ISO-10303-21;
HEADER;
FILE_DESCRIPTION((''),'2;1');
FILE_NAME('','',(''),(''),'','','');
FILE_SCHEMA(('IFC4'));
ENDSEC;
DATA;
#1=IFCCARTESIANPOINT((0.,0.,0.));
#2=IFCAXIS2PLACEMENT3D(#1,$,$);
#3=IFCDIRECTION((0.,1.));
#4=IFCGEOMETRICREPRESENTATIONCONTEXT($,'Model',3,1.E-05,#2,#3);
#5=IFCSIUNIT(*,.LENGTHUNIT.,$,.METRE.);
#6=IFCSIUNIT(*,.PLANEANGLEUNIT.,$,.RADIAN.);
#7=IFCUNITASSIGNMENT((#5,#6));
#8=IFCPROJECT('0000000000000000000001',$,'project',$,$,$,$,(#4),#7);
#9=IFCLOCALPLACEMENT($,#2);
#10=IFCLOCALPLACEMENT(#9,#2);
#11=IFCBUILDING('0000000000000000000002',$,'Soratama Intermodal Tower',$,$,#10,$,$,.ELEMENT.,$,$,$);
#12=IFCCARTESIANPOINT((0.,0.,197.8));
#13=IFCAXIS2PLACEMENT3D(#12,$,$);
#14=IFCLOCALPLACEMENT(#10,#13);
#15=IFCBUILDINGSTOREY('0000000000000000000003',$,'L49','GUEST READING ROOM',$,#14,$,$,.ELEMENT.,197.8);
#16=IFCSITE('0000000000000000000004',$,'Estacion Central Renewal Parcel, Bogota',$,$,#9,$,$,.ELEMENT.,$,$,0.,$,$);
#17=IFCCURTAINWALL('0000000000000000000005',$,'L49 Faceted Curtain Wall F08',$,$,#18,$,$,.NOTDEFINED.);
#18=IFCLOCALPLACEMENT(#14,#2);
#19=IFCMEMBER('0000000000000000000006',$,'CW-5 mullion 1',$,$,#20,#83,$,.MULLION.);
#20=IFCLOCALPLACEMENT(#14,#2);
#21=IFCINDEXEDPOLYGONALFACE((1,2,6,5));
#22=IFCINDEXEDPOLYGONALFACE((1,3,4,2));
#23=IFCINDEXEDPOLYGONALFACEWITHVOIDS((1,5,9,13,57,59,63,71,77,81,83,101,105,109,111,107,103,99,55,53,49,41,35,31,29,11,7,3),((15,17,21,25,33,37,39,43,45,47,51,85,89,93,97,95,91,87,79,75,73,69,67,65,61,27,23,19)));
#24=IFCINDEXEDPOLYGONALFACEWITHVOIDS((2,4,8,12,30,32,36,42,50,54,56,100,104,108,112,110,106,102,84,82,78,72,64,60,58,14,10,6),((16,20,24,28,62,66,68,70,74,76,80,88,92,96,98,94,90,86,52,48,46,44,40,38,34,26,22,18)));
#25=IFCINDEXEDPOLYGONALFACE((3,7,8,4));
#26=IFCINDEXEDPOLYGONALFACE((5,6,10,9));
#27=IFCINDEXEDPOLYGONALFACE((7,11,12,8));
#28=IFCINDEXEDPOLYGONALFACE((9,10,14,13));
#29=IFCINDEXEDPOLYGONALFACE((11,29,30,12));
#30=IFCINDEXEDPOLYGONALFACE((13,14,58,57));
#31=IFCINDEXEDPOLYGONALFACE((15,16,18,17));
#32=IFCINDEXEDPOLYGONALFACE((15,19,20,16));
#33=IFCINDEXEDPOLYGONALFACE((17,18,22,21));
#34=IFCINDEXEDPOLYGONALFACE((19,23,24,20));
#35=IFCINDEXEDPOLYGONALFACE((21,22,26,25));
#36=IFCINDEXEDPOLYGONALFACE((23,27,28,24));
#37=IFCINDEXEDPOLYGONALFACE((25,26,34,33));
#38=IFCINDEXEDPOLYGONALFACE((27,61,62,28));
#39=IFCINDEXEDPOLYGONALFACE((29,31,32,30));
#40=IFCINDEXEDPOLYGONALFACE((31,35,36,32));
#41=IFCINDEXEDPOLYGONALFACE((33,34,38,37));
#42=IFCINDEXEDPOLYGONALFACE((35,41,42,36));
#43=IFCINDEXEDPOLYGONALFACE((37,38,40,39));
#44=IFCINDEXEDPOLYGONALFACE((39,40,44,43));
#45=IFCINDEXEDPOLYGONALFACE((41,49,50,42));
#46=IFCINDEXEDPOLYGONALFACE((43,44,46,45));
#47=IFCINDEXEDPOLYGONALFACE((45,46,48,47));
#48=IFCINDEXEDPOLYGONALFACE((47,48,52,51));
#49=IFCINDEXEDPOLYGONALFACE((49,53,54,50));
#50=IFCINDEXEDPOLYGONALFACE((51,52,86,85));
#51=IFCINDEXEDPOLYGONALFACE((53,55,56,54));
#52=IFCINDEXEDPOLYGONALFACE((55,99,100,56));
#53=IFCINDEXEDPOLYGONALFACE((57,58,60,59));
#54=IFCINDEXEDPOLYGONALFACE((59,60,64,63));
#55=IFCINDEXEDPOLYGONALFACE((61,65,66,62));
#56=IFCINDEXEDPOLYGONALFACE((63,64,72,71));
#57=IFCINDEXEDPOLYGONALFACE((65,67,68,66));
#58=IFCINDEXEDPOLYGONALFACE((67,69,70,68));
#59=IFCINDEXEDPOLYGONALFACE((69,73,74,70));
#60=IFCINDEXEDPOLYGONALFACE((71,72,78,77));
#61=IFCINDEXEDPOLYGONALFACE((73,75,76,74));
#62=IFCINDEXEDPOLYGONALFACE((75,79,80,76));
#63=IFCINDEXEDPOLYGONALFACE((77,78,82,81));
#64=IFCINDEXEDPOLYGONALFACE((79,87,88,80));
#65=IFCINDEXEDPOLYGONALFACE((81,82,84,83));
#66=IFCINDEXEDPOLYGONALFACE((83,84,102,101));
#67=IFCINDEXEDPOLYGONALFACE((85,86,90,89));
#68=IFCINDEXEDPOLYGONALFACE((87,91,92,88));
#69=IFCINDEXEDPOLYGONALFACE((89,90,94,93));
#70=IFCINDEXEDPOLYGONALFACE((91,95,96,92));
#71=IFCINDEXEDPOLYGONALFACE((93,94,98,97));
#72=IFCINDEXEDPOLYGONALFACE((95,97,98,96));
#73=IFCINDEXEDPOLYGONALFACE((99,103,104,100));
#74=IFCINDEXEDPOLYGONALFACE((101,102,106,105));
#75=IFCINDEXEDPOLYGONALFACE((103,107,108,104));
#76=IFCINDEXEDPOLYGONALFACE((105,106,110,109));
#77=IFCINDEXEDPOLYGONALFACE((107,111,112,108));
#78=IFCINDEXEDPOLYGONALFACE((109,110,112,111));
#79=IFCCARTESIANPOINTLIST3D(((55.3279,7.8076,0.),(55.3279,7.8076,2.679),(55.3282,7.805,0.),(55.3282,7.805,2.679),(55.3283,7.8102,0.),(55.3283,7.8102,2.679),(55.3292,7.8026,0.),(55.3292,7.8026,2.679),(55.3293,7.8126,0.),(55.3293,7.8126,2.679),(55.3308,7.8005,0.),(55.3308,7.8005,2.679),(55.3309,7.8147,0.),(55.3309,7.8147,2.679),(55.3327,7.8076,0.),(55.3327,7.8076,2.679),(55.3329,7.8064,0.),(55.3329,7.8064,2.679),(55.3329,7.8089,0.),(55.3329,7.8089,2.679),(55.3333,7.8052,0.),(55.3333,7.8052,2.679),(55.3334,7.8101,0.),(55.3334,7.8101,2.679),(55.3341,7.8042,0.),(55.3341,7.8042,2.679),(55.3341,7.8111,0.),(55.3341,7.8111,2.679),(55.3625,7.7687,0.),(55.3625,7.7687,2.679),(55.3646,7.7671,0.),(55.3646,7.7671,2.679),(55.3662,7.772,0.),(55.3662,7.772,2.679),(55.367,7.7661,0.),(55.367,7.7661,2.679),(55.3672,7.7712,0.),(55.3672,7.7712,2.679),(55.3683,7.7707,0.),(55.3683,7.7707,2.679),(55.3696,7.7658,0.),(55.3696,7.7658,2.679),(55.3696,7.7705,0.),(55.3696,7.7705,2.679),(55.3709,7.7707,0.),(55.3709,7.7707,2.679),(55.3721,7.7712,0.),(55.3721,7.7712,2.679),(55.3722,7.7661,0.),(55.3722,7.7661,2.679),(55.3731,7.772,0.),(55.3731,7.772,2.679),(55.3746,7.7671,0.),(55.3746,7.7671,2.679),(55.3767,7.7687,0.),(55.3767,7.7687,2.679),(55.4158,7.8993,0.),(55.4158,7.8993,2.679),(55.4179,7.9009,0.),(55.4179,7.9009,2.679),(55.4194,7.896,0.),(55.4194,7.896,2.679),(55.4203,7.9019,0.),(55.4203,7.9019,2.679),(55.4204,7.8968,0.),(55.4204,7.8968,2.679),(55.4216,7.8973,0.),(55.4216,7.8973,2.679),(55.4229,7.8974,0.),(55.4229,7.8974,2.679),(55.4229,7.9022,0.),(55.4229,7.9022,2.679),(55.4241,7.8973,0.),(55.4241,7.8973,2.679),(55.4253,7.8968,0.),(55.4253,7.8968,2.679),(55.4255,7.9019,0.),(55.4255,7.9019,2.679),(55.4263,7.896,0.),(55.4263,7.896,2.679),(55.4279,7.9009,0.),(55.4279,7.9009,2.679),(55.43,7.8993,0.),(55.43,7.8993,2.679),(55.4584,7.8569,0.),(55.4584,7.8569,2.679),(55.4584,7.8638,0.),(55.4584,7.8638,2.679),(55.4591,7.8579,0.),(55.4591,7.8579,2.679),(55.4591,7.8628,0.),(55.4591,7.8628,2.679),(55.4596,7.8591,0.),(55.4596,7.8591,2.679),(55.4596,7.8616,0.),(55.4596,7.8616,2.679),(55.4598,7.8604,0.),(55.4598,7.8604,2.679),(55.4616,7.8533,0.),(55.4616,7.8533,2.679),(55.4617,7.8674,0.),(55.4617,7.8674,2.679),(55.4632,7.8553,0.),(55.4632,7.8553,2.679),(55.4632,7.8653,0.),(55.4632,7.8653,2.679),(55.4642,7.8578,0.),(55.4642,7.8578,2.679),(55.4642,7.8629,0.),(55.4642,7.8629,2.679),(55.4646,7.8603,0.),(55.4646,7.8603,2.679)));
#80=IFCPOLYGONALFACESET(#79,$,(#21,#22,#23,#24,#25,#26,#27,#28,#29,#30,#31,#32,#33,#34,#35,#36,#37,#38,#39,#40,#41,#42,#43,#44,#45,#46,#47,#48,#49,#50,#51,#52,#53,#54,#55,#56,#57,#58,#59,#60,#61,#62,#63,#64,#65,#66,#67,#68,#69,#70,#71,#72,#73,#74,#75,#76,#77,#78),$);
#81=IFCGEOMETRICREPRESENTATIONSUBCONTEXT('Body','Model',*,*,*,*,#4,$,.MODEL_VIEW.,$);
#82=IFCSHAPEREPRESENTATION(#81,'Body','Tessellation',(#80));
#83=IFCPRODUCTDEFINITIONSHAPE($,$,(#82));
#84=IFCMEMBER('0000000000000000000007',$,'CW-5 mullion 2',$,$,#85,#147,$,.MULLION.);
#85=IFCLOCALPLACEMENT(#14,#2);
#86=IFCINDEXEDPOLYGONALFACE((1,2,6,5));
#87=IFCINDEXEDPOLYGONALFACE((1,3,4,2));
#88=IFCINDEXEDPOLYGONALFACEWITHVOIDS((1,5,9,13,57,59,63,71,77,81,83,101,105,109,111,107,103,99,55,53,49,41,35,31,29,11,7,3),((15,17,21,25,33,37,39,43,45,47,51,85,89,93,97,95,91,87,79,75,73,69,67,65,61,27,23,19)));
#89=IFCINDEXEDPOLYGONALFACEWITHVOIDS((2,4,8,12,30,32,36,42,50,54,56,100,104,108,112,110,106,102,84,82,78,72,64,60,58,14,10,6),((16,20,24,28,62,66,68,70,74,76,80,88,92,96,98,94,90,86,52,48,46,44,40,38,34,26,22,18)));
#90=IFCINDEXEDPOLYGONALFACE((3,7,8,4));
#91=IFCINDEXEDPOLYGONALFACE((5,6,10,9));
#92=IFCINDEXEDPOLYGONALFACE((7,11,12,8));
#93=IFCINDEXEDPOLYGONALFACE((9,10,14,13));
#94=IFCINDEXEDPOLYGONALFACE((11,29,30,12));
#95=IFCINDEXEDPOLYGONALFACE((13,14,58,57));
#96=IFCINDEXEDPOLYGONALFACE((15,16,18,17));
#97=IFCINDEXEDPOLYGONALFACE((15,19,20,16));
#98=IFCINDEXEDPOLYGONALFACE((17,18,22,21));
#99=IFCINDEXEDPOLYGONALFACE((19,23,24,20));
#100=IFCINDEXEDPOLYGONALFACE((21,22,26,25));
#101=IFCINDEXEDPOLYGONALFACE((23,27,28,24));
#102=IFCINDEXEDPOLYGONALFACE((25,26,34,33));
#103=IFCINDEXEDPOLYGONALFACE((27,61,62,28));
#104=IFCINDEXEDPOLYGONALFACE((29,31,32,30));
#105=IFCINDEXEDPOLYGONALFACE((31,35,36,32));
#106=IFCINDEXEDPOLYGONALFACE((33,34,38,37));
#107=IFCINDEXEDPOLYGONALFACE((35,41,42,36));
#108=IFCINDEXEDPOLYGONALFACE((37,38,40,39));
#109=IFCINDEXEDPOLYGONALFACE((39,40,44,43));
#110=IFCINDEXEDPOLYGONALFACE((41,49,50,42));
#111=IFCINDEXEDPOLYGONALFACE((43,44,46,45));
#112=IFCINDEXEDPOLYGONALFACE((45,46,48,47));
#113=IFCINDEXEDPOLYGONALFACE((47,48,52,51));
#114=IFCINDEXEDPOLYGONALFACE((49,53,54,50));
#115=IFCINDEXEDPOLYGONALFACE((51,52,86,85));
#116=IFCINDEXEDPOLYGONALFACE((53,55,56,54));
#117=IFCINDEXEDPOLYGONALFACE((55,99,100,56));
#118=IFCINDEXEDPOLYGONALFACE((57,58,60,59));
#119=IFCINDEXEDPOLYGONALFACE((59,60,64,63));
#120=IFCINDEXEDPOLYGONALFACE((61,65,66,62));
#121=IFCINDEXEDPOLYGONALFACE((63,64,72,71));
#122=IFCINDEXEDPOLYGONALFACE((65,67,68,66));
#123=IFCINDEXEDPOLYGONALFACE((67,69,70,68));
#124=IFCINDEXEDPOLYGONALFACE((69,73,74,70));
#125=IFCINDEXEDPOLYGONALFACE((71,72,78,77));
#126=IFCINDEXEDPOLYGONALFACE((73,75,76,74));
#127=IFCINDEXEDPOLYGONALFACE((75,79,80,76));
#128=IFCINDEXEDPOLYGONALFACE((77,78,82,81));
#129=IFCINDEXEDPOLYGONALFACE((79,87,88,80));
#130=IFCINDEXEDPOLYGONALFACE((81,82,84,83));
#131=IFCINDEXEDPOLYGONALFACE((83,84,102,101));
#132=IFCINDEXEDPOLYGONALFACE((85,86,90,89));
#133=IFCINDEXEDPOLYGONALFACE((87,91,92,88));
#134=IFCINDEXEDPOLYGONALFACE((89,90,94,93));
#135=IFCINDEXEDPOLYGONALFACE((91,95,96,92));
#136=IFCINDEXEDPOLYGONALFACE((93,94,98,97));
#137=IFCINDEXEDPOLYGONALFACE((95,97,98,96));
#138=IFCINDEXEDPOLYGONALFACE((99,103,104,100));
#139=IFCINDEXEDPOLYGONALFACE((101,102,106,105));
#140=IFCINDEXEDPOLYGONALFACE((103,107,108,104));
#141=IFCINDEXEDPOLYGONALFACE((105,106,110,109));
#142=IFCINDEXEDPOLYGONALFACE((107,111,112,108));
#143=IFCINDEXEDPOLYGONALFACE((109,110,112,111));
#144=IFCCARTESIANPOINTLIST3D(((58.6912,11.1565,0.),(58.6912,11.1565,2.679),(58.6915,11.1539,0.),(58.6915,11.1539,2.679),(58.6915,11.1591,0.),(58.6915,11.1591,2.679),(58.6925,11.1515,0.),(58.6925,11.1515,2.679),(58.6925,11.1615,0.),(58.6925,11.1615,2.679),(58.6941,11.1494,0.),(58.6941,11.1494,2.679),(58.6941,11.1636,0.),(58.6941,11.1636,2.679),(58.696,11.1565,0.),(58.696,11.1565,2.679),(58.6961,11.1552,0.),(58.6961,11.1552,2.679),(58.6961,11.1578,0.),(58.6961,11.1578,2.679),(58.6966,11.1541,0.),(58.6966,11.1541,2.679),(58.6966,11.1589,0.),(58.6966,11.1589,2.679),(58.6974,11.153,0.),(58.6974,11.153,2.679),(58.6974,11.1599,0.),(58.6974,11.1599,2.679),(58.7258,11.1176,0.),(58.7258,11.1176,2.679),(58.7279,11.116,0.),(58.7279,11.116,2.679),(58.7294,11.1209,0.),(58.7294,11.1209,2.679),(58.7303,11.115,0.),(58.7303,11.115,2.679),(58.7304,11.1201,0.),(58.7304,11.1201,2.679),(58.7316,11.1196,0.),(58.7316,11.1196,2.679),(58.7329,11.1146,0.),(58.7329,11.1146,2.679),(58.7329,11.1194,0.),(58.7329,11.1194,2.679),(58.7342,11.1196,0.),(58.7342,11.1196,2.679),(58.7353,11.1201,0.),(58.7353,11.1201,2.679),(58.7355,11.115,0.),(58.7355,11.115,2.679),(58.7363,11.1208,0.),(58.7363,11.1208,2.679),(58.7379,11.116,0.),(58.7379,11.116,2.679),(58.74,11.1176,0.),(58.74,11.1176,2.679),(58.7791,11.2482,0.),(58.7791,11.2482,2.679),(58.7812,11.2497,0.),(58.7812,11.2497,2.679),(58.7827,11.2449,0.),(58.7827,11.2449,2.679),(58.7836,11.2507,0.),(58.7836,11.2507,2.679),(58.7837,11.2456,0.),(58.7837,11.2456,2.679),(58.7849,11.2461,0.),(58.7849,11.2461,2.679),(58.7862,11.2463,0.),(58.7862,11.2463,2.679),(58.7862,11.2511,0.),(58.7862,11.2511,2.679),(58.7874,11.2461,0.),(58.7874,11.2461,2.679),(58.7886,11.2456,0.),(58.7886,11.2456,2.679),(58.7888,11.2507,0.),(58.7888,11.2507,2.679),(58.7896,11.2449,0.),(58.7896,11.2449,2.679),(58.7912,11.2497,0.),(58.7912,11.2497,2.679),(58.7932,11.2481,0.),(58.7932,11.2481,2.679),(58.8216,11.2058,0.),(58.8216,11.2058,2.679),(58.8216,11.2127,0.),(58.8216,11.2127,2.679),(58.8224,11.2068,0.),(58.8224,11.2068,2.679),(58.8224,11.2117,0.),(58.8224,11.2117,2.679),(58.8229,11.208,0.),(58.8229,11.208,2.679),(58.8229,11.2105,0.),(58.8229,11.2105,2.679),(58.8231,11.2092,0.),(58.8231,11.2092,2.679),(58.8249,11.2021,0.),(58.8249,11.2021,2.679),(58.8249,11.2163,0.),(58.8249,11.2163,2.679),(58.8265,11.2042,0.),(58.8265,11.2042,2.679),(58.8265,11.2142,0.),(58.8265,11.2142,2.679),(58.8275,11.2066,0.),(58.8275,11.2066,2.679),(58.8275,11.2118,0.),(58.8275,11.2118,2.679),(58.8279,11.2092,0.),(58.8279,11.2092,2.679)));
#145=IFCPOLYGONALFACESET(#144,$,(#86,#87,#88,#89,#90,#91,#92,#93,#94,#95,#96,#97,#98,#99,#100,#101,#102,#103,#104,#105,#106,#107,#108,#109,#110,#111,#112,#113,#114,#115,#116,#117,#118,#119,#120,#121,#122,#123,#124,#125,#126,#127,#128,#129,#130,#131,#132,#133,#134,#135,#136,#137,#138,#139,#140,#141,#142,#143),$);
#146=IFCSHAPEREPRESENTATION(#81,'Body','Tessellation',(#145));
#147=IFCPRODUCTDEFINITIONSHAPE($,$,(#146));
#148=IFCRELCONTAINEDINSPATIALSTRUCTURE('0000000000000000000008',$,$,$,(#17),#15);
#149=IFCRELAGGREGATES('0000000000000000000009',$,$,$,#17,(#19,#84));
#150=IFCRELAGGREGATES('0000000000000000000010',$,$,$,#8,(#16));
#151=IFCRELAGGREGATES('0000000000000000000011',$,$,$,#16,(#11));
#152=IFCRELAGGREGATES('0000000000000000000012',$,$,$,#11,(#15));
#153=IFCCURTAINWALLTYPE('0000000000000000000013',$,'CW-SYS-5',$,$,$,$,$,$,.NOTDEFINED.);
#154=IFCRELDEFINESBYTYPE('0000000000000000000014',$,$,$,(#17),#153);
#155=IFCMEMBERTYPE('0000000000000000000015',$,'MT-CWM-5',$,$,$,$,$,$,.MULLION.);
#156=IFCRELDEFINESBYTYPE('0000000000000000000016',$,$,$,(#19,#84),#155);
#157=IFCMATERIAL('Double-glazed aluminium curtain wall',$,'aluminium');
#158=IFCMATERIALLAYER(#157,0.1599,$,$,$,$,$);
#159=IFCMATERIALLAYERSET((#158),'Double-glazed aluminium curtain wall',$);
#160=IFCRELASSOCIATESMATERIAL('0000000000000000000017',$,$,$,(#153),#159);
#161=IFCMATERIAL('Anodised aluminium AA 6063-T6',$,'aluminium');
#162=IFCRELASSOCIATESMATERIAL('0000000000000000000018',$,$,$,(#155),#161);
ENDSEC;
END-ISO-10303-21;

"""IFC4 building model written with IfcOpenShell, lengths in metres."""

from ifc_helpers import new_model, si_unit, direction, frame, origin, origin_2d, place, context, subcontext, project, spatial, hollow_rectangle, extrude, material, layer, layer_set, material_profile, profile_set, type_object, element, aggregate, save


model = new_model("IFC4")

# Units and contexts
model_context = context("Model", 3, precision=1e-05, world=origin(), true_north=direction((0.0, 1.0)))
body_context = subcontext(model_context, "Body", "Model", "MODEL_VIEW")
ifc_project = project(units=[si_unit("LENGTHUNIT", "METRE"), si_unit("PLANEANGLEUNIT", "RADIAN")], contexts=[model_context])

# Site, building, storey
site_placement = place(None, origin())
site = spatial("IfcSite", under=ifc_project, at=site_placement, Name="Estacion Central Renewal Parcel, Bogota", CompositionType="ELEMENT", RefElevation=0.0)
building_placement = place(site_placement, origin())
building = spatial("IfcBuilding", under=site, at=building_placement, Name="Soratama Intermodal Tower", CompositionType="ELEMENT")
storey_placement = place(building_placement, frame((0.0, 0.0, 197.8)))
storey = spatial("IfcBuildingStorey", under=building, at=storey_placement, Name="L49", Description="GUEST READING ROOM", CompositionType="ELEMENT", Elevation=197.8)

# Curtain wall, members
ifc_material_1 = material(Name="Double-glazed aluminium curtain wall", Category="aluminium")
ifc_layer_1 = layer(ifc_material_1, 0.1599)
ifc_layer_set_1 = layer_set([ifc_layer_1], Name="Double-glazed aluminium curtain wall")
curtain_wall_type = type_object("IfcCurtainWallType", Name="CW-SYS-5", PredefinedType="NOTDEFINED", material=ifc_layer_set_1)
curtain_wall_placement = place(storey_placement, origin())
curtain_wall = element("IfcCurtainWall", 1, at=curtain_wall_placement, inside=storey, type_object=curtain_wall_type, Name="L49 Faceted Curtain Wall F08", PredefinedType="NOTDEFINED")
ifc_material_2 = material(Name="Anodised aluminium AA 6063-T6", Category="aluminium")
ifc_material_profile_1 = material_profile(ifc_material_2, hollow_rectangle(XDim=0.0649, YDim=0.1399, WallThickness=0.0049, InnerFilletRadius=0.0049, OuterFilletRadius=0.01, at=origin_2d()), Name="CWM140X65X5")
ifc_profile_set_1 = profile_set([ifc_material_profile_1], Name="Anodised aluminium AA 6063-T6")
member_type_1 = type_object("IfcMemberType", Name="MT-CWM-5", PredefinedType="MULLION", material=ifc_profile_set_1)
member_1_placement = place(storey_placement, frame((55.3962, 7.834, 0.0), z_axis=(0.0, 0.0, 1.0), x_axis=(-0.705624, 0.708587, 0.0)))
member_1 = element("IfcMember", 2, at=member_1_placement, type_object=member_type_1, Name="CW-5 mullion 1", PredefinedType="MULLION", context=body_context, shape_type="SweptSolid", body=[
    extrude(hollow_rectangle(XDim=0.0649, YDim=0.1399, WallThickness=0.0049, InnerFilletRadius=0.0049, OuterFilletRadius=0.01, at=origin_2d()), origin(), (0.0, 0.0, 1.0), 2.679),
])
member_2_placement = place(storey_placement, frame((58.7595, 11.1829, 0.0), z_axis=(0.0, 0.0, 1.0), x_axis=(-0.705624, 0.708587, 0.0)))
member_2 = element("IfcMember", 3, at=member_2_placement, type_object=member_type_1, Name="CW-5 mullion 2", PredefinedType="MULLION", context=body_context, shape_type="SweptSolid", body=[
    extrude(hollow_rectangle(XDim=0.0649, YDim=0.1399, WallThickness=0.0049, InnerFilletRadius=0.0049, OuterFilletRadius=0.01, at=origin_2d()), origin(), (0.0, 0.0, 1.0), 2.679),
])
aggregate(curtain_wall, [member_1, member_2])

save(model, "model.ifc")
